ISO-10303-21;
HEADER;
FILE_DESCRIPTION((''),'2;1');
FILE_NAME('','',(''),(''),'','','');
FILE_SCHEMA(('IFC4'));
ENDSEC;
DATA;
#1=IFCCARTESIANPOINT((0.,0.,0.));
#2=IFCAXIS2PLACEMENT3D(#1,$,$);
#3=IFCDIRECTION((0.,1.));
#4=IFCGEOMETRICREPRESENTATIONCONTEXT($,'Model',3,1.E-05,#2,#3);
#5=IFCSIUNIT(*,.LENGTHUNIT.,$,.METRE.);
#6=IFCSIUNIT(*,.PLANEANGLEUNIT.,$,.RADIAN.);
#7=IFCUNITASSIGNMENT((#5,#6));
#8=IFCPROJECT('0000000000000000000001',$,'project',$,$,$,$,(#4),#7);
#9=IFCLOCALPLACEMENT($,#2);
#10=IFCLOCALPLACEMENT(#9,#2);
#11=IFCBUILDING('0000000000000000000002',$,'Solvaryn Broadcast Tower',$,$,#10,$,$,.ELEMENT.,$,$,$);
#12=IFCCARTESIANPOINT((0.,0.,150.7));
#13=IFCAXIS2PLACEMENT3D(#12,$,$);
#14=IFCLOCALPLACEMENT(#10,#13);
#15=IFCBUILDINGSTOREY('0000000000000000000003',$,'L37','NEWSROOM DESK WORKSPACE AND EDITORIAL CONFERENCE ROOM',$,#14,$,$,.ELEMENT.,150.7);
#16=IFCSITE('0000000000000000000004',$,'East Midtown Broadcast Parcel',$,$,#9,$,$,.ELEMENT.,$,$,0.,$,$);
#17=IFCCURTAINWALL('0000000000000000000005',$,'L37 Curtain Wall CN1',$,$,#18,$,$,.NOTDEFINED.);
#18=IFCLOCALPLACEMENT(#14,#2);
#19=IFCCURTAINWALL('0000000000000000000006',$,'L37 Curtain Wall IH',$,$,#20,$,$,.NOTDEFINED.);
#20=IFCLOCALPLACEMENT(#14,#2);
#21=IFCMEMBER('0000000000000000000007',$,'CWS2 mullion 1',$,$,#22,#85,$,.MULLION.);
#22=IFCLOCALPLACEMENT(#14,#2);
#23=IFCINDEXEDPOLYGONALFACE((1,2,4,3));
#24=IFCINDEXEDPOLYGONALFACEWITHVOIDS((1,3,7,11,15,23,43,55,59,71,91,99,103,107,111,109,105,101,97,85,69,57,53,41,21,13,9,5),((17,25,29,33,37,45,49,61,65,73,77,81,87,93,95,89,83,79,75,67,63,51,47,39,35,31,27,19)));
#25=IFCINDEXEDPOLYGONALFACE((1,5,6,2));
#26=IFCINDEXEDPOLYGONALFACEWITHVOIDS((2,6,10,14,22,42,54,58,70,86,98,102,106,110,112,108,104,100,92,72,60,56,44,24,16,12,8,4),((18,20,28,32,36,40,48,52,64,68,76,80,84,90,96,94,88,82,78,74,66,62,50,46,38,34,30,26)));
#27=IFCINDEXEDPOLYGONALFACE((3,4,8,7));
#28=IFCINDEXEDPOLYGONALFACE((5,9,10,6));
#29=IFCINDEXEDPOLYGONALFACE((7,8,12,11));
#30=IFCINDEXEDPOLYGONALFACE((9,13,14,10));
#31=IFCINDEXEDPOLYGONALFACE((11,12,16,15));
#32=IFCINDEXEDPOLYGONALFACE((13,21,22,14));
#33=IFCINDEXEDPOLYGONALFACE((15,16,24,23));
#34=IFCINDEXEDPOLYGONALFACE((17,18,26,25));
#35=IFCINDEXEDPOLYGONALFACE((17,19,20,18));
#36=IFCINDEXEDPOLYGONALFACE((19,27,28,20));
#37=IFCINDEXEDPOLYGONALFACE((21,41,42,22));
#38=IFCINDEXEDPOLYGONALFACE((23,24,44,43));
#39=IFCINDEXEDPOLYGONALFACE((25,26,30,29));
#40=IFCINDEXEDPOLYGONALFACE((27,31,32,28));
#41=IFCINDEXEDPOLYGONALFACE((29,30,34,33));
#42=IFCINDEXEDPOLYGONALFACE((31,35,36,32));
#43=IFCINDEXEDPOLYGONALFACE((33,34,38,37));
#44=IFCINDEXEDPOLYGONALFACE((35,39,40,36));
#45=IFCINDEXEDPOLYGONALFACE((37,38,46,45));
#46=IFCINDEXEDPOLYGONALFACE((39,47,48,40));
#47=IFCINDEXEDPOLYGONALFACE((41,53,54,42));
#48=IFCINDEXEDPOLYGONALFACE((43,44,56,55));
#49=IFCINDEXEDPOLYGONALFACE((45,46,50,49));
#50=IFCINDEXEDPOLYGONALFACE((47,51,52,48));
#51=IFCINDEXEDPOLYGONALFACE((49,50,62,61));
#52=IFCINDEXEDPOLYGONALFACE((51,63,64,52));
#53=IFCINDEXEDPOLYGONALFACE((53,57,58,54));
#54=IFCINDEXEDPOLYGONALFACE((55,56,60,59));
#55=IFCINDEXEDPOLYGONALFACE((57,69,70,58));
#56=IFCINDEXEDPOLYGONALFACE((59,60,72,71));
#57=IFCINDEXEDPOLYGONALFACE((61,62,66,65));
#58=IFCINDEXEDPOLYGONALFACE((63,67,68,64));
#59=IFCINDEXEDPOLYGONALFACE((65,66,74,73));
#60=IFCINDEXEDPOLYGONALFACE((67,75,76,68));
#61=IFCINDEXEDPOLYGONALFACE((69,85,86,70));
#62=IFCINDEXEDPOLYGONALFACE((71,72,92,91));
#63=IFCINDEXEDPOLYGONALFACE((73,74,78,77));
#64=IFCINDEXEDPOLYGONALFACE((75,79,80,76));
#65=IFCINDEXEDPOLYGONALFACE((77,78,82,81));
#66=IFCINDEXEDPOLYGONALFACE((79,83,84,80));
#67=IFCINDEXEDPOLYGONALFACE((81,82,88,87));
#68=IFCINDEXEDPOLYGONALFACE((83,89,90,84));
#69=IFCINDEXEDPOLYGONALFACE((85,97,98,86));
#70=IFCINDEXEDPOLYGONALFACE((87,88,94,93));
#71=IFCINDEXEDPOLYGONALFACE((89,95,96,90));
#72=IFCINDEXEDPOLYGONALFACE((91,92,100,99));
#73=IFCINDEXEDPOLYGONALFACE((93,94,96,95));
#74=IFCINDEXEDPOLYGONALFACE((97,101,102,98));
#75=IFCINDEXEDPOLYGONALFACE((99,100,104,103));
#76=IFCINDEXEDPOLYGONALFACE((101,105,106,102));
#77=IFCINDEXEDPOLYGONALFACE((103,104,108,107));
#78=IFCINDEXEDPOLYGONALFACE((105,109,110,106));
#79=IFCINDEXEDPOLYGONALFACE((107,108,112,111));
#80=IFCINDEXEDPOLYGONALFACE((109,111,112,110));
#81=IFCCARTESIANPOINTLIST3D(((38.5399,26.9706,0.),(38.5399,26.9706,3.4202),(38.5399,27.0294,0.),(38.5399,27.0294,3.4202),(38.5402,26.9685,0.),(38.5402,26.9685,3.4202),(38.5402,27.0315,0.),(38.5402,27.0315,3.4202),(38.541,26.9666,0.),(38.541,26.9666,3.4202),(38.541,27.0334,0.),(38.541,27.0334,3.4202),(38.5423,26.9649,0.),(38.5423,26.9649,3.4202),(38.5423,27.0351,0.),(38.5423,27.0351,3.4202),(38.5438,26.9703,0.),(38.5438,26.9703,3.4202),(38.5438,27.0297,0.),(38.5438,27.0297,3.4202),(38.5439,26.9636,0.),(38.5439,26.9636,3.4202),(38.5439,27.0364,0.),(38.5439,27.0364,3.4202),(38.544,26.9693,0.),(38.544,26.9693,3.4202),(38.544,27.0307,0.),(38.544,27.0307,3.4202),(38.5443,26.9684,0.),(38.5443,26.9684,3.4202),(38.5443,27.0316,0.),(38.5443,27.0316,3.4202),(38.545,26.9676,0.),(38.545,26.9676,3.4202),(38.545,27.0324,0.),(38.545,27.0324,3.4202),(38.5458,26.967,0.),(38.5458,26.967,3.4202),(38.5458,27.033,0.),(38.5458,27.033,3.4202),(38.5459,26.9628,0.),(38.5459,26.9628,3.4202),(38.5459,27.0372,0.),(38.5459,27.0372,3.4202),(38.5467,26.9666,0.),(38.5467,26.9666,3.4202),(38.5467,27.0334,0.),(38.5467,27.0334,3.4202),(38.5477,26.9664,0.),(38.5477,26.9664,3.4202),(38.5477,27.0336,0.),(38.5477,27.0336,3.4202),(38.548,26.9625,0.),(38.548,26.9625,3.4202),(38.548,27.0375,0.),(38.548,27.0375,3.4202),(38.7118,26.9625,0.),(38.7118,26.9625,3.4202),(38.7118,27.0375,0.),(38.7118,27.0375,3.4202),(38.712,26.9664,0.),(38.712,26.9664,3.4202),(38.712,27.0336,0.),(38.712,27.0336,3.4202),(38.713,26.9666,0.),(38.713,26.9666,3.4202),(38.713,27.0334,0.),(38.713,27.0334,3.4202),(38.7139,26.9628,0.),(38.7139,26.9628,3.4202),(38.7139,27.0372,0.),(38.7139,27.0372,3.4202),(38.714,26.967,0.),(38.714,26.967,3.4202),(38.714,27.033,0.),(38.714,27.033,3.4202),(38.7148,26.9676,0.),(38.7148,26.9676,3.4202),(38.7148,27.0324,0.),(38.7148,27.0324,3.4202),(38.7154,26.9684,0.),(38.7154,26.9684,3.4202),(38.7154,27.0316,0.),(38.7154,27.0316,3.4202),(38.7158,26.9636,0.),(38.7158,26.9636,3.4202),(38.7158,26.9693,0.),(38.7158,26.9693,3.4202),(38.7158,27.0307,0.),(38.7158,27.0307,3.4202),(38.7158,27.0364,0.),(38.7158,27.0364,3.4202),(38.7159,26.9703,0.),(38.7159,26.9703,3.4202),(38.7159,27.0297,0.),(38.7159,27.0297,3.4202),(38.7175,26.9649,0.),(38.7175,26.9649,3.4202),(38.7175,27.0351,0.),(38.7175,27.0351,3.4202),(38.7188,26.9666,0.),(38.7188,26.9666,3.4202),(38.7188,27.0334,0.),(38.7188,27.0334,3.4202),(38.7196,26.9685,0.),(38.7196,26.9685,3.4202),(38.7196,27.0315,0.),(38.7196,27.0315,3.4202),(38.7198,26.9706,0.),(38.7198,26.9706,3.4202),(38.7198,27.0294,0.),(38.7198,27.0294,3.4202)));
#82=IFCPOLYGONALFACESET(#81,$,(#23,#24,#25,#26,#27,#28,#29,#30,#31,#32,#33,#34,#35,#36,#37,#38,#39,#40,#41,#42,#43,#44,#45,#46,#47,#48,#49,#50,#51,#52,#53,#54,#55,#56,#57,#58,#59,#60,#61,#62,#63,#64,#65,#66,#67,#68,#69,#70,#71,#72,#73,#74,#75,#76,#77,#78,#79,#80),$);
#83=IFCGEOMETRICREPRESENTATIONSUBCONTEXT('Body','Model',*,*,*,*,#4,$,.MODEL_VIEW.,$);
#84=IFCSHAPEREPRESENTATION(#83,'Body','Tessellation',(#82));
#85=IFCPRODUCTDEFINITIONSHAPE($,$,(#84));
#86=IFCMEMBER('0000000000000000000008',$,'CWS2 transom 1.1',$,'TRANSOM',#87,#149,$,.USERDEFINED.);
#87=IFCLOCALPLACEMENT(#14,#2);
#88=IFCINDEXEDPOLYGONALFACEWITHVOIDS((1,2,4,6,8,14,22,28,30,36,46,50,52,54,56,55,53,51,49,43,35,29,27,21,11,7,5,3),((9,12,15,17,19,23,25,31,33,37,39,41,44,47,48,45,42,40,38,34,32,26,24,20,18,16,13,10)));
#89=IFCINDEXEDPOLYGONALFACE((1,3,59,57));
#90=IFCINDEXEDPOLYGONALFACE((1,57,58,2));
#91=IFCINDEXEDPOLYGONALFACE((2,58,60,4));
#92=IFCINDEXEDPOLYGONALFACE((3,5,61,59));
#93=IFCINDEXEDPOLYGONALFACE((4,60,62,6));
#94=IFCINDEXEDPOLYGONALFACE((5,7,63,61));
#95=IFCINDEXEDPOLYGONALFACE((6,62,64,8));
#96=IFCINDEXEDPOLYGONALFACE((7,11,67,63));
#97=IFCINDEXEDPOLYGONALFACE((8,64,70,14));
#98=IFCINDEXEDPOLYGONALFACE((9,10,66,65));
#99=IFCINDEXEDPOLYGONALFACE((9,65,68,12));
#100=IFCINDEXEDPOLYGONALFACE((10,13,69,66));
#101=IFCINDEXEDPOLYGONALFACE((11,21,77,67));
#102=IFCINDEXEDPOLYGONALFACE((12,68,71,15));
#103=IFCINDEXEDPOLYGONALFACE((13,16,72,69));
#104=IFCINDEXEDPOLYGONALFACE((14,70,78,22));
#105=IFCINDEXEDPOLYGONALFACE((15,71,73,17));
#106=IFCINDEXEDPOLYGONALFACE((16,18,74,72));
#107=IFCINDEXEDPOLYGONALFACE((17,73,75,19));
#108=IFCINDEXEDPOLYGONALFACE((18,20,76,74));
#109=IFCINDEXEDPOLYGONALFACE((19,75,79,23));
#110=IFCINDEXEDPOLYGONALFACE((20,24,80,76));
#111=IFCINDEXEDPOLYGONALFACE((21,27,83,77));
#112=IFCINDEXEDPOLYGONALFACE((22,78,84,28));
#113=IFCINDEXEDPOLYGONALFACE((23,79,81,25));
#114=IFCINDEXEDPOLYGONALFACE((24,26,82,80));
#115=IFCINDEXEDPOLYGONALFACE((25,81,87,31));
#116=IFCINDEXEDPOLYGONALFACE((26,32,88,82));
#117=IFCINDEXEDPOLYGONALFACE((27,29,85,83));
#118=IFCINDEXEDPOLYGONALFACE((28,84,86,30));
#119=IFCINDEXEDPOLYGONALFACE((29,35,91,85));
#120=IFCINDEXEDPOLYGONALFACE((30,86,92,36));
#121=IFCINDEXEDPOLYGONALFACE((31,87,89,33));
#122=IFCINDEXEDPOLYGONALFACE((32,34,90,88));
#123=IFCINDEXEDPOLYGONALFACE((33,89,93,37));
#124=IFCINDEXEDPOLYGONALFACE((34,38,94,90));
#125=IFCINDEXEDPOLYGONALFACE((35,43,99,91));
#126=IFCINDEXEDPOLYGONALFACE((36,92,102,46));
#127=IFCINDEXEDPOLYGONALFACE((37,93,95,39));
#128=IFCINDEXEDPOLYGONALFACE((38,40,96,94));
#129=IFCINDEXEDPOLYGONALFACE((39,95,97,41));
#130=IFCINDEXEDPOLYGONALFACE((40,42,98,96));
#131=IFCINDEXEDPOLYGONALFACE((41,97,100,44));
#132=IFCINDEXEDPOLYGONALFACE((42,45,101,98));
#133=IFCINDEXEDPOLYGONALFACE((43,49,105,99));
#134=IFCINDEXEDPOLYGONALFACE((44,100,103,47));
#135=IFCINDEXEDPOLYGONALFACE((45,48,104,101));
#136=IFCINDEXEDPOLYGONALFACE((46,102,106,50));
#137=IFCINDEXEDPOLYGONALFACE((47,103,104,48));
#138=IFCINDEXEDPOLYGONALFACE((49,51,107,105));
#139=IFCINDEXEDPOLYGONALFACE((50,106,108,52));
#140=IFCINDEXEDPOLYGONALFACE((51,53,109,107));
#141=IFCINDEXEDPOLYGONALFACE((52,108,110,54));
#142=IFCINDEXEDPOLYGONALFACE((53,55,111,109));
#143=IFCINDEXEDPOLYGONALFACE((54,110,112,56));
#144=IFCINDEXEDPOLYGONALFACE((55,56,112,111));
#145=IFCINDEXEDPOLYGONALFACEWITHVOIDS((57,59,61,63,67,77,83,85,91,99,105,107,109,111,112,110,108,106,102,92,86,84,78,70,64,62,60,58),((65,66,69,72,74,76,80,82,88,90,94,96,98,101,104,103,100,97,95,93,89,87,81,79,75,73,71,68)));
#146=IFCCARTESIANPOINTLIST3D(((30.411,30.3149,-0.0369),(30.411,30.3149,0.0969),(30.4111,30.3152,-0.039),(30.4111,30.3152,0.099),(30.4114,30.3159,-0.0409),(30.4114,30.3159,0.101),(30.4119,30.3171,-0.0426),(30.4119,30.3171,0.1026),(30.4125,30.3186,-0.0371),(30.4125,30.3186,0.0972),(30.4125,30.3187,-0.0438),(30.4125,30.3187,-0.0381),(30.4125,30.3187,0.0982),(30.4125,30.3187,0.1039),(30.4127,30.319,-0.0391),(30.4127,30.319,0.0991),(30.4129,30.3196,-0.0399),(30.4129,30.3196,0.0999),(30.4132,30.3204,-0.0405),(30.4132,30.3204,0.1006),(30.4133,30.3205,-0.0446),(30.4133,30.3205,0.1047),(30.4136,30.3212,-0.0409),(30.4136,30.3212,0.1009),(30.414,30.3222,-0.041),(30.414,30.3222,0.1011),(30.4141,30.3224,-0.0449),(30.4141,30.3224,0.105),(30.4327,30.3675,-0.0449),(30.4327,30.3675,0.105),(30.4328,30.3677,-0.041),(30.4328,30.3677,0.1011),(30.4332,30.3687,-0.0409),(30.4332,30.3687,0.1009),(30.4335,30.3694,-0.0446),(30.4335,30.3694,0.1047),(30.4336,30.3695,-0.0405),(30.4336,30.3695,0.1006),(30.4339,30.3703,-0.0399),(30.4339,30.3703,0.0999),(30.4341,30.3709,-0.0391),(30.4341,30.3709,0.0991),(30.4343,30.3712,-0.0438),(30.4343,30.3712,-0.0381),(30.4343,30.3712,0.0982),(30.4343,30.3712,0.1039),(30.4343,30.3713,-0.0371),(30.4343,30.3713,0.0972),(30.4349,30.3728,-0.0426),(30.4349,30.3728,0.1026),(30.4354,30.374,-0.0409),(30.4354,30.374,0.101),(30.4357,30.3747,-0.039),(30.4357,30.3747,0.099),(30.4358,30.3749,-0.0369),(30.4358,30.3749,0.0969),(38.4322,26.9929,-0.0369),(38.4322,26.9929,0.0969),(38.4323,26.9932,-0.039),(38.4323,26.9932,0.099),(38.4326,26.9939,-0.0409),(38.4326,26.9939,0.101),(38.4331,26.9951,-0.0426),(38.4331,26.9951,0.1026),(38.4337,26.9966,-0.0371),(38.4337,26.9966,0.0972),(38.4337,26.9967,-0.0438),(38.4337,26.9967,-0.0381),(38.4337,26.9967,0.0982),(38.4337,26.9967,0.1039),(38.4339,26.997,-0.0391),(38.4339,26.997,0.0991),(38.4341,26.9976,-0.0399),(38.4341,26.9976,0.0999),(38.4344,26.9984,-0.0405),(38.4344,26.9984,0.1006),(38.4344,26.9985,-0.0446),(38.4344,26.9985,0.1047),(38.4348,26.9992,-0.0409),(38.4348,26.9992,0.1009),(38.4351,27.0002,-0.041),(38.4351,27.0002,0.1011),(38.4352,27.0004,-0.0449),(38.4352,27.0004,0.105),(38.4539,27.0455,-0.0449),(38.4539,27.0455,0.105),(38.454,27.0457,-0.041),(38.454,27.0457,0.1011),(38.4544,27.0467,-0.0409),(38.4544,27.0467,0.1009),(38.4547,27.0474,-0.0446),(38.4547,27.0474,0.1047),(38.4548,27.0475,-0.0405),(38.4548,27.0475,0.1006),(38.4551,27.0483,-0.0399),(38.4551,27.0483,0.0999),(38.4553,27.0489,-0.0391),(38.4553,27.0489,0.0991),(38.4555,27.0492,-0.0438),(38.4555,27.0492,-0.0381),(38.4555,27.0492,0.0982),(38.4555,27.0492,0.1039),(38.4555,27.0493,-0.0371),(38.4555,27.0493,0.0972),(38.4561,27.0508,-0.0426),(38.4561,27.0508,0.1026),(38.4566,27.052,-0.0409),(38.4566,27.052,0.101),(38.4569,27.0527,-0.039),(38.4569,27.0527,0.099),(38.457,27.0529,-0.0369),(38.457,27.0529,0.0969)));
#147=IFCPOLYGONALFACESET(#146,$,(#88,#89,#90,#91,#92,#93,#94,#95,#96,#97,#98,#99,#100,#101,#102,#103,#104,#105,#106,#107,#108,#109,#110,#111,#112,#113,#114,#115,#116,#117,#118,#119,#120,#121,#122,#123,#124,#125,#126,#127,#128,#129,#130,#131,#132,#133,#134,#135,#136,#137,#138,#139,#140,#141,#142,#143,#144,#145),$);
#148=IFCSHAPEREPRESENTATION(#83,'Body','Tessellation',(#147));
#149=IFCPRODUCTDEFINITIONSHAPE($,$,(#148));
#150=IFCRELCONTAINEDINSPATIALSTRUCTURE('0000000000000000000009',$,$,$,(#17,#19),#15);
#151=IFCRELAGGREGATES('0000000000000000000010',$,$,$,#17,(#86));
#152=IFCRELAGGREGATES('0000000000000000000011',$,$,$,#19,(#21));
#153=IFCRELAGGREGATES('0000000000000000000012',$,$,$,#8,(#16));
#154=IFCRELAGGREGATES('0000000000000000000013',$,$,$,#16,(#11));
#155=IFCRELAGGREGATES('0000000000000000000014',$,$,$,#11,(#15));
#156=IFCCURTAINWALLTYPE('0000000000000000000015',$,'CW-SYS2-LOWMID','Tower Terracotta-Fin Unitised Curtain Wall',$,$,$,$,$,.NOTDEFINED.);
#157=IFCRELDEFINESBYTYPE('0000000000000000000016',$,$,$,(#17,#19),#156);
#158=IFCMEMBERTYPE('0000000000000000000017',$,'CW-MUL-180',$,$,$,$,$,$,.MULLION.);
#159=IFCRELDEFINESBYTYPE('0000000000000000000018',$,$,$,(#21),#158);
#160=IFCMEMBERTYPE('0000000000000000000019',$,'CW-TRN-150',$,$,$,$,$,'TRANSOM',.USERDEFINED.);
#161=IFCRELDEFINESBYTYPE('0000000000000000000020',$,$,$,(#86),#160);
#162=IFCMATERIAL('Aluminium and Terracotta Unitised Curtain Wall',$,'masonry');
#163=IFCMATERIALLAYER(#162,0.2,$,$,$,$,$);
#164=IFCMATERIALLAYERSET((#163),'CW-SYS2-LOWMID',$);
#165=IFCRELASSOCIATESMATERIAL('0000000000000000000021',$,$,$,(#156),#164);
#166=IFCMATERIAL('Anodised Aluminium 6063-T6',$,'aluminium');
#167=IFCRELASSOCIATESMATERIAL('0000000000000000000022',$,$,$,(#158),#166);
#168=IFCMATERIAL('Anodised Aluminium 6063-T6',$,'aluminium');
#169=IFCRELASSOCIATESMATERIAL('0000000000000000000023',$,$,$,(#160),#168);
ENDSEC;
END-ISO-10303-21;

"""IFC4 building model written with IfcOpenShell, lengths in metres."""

from ifc_helpers import new_model, si_unit, direction, frame, origin, origin_2d, place, context, subcontext, project, spatial, hollow_rectangle, extrude, material, layer, layer_set, material_profile, profile_set, type_object, element, aggregate, save


model = new_model("IFC4")

# Units and contexts
model_context = context("Model", 3, precision=1e-05, world=origin(), true_north=direction((0.0, 1.0)))
body_context = subcontext(model_context, "Body", "Model", "MODEL_VIEW")
ifc_project = project(units=[si_unit("LENGTHUNIT", "METRE"), si_unit("PLANEANGLEUNIT", "RADIAN")], contexts=[model_context])

# Site, building, storey
site_placement = place(None, origin())
site = spatial("IfcSite", under=ifc_project, at=site_placement, Name="East Midtown Broadcast Parcel", CompositionType="ELEMENT", RefElevation=0.0)
building_placement = place(site_placement, origin())
building = spatial("IfcBuilding", under=site, at=building_placement, Name="Solvaryn Broadcast Tower", CompositionType="ELEMENT")
storey_placement = place(building_placement, frame((0.0, 0.0, 150.7)))
storey = spatial("IfcBuildingStorey", under=building, at=storey_placement, Name="L37", Description="NEWSROOM DESK WORKSPACE AND EDITORIAL CONFERENCE ROOM", CompositionType="ELEMENT", Elevation=150.7)

# Curtain walls, member
ifc_material_1 = material(Name="Aluminium and Terracotta Unitised Curtain Wall", Category="masonry")
ifc_layer_1 = layer(ifc_material_1, 0.2)
ifc_layer_set_1 = layer_set([ifc_layer_1], Name="CW-SYS2-LOWMID")
curtain_wall_type = type_object("IfcCurtainWallType", Name="CW-SYS2-LOWMID", Description="Tower Terracotta-Fin Unitised Curtain Wall", PredefinedType="NOTDEFINED", material=ifc_layer_set_1)
curtain_wall_1_placement = place(storey_placement, origin())
curtain_wall_1 = element("IfcCurtainWall", 1, at=curtain_wall_1_placement, inside=storey, type_object=curtain_wall_type, Name="L37 Curtain Wall CN1", PredefinedType="NOTDEFINED")
ifc_material_2 = material(Name="Anodised Aluminium 6063-T6", Category="aluminium")
ifc_material_profile_1 = material_profile(ifc_material_2, hollow_rectangle(XDim=0.075, YDim=0.1799, WallThickness=0.0039, InnerFilletRadius=0.0039, OuterFilletRadius=0.0081, at=origin_2d()))
ifc_profile_set_1 = profile_set([ifc_material_profile_1], Name="Anodised Aluminium 6063-T6")
member_type_1 = type_object("IfcMemberType", Name="CW-MUL-180", PredefinedType="MULLION", material=ifc_profile_set_1)
curtain_wall_2_placement = place(storey_placement, origin())
curtain_wall_2 = element("IfcCurtainWall", 2, at=curtain_wall_2_placement, inside=storey, type_object=curtain_wall_type, Name="L37 Curtain Wall IH", PredefinedType="NOTDEFINED")
member_1_placement = place(storey_placement, frame((38.6299, 27.0, 0.0), z_axis=(0.0, 0.0, 1.0), x_axis=(0.0, 1.0, 0.0)))
member_1 = element("IfcMember", 3, at=member_1_placement, type_object=member_type_1, Name="CWS2 mullion 1", PredefinedType="MULLION", context=body_context, shape_type="SweptSolid", body=[
    extrude(hollow_rectangle(XDim=0.075, YDim=0.1799, WallThickness=0.0039, InnerFilletRadius=0.0039, OuterFilletRadius=0.0081, at=origin_2d()), origin(), (0.0, 0.0, 1.0), 3.4202),
])

# Member
ifc_material_3 = material(Name="Anodised Aluminium 6063-T6", Category="aluminium")
ifc_material_profile_2 = material_profile(ifc_material_3, hollow_rectangle(XDim=0.0649, YDim=0.1499, WallThickness=0.0039, InnerFilletRadius=0.0039, OuterFilletRadius=0.0081, at=origin_2d()))
ifc_profile_set_2 = profile_set([ifc_material_profile_2], Name="Anodised Aluminium 6063-T6")
member_type_2 = type_object("IfcMemberType", Name="CW-TRN-150", ElementType="TRANSOM", PredefinedType="USERDEFINED", material=ifc_profile_set_2)
member_2_placement = place(storey_placement, frame((38.4446, 27.0229, 0.03), z_axis=(-0.923899, 0.382636, 0.0), x_axis=(-0.382636, -0.923899, 0.0)))
member_2 = element("IfcMember", 4, at=member_2_placement, type_object=member_type_2, Name="CWS2 transom 1.1", ObjectType="TRANSOM", PredefinedType="USERDEFINED", context=body_context, shape_type="SweptSolid", body=[
    extrude(hollow_rectangle(XDim=0.0649, YDim=0.1499, WallThickness=0.0039, InnerFilletRadius=0.0039, OuterFilletRadius=0.0081, at=origin_2d()), origin(), (0.0, 0.0, 1.0), 8.6819),
])
aggregate(curtain_wall_1, [member_2])
aggregate(curtain_wall_2, [member_1])

save(model, "model.ifc")
